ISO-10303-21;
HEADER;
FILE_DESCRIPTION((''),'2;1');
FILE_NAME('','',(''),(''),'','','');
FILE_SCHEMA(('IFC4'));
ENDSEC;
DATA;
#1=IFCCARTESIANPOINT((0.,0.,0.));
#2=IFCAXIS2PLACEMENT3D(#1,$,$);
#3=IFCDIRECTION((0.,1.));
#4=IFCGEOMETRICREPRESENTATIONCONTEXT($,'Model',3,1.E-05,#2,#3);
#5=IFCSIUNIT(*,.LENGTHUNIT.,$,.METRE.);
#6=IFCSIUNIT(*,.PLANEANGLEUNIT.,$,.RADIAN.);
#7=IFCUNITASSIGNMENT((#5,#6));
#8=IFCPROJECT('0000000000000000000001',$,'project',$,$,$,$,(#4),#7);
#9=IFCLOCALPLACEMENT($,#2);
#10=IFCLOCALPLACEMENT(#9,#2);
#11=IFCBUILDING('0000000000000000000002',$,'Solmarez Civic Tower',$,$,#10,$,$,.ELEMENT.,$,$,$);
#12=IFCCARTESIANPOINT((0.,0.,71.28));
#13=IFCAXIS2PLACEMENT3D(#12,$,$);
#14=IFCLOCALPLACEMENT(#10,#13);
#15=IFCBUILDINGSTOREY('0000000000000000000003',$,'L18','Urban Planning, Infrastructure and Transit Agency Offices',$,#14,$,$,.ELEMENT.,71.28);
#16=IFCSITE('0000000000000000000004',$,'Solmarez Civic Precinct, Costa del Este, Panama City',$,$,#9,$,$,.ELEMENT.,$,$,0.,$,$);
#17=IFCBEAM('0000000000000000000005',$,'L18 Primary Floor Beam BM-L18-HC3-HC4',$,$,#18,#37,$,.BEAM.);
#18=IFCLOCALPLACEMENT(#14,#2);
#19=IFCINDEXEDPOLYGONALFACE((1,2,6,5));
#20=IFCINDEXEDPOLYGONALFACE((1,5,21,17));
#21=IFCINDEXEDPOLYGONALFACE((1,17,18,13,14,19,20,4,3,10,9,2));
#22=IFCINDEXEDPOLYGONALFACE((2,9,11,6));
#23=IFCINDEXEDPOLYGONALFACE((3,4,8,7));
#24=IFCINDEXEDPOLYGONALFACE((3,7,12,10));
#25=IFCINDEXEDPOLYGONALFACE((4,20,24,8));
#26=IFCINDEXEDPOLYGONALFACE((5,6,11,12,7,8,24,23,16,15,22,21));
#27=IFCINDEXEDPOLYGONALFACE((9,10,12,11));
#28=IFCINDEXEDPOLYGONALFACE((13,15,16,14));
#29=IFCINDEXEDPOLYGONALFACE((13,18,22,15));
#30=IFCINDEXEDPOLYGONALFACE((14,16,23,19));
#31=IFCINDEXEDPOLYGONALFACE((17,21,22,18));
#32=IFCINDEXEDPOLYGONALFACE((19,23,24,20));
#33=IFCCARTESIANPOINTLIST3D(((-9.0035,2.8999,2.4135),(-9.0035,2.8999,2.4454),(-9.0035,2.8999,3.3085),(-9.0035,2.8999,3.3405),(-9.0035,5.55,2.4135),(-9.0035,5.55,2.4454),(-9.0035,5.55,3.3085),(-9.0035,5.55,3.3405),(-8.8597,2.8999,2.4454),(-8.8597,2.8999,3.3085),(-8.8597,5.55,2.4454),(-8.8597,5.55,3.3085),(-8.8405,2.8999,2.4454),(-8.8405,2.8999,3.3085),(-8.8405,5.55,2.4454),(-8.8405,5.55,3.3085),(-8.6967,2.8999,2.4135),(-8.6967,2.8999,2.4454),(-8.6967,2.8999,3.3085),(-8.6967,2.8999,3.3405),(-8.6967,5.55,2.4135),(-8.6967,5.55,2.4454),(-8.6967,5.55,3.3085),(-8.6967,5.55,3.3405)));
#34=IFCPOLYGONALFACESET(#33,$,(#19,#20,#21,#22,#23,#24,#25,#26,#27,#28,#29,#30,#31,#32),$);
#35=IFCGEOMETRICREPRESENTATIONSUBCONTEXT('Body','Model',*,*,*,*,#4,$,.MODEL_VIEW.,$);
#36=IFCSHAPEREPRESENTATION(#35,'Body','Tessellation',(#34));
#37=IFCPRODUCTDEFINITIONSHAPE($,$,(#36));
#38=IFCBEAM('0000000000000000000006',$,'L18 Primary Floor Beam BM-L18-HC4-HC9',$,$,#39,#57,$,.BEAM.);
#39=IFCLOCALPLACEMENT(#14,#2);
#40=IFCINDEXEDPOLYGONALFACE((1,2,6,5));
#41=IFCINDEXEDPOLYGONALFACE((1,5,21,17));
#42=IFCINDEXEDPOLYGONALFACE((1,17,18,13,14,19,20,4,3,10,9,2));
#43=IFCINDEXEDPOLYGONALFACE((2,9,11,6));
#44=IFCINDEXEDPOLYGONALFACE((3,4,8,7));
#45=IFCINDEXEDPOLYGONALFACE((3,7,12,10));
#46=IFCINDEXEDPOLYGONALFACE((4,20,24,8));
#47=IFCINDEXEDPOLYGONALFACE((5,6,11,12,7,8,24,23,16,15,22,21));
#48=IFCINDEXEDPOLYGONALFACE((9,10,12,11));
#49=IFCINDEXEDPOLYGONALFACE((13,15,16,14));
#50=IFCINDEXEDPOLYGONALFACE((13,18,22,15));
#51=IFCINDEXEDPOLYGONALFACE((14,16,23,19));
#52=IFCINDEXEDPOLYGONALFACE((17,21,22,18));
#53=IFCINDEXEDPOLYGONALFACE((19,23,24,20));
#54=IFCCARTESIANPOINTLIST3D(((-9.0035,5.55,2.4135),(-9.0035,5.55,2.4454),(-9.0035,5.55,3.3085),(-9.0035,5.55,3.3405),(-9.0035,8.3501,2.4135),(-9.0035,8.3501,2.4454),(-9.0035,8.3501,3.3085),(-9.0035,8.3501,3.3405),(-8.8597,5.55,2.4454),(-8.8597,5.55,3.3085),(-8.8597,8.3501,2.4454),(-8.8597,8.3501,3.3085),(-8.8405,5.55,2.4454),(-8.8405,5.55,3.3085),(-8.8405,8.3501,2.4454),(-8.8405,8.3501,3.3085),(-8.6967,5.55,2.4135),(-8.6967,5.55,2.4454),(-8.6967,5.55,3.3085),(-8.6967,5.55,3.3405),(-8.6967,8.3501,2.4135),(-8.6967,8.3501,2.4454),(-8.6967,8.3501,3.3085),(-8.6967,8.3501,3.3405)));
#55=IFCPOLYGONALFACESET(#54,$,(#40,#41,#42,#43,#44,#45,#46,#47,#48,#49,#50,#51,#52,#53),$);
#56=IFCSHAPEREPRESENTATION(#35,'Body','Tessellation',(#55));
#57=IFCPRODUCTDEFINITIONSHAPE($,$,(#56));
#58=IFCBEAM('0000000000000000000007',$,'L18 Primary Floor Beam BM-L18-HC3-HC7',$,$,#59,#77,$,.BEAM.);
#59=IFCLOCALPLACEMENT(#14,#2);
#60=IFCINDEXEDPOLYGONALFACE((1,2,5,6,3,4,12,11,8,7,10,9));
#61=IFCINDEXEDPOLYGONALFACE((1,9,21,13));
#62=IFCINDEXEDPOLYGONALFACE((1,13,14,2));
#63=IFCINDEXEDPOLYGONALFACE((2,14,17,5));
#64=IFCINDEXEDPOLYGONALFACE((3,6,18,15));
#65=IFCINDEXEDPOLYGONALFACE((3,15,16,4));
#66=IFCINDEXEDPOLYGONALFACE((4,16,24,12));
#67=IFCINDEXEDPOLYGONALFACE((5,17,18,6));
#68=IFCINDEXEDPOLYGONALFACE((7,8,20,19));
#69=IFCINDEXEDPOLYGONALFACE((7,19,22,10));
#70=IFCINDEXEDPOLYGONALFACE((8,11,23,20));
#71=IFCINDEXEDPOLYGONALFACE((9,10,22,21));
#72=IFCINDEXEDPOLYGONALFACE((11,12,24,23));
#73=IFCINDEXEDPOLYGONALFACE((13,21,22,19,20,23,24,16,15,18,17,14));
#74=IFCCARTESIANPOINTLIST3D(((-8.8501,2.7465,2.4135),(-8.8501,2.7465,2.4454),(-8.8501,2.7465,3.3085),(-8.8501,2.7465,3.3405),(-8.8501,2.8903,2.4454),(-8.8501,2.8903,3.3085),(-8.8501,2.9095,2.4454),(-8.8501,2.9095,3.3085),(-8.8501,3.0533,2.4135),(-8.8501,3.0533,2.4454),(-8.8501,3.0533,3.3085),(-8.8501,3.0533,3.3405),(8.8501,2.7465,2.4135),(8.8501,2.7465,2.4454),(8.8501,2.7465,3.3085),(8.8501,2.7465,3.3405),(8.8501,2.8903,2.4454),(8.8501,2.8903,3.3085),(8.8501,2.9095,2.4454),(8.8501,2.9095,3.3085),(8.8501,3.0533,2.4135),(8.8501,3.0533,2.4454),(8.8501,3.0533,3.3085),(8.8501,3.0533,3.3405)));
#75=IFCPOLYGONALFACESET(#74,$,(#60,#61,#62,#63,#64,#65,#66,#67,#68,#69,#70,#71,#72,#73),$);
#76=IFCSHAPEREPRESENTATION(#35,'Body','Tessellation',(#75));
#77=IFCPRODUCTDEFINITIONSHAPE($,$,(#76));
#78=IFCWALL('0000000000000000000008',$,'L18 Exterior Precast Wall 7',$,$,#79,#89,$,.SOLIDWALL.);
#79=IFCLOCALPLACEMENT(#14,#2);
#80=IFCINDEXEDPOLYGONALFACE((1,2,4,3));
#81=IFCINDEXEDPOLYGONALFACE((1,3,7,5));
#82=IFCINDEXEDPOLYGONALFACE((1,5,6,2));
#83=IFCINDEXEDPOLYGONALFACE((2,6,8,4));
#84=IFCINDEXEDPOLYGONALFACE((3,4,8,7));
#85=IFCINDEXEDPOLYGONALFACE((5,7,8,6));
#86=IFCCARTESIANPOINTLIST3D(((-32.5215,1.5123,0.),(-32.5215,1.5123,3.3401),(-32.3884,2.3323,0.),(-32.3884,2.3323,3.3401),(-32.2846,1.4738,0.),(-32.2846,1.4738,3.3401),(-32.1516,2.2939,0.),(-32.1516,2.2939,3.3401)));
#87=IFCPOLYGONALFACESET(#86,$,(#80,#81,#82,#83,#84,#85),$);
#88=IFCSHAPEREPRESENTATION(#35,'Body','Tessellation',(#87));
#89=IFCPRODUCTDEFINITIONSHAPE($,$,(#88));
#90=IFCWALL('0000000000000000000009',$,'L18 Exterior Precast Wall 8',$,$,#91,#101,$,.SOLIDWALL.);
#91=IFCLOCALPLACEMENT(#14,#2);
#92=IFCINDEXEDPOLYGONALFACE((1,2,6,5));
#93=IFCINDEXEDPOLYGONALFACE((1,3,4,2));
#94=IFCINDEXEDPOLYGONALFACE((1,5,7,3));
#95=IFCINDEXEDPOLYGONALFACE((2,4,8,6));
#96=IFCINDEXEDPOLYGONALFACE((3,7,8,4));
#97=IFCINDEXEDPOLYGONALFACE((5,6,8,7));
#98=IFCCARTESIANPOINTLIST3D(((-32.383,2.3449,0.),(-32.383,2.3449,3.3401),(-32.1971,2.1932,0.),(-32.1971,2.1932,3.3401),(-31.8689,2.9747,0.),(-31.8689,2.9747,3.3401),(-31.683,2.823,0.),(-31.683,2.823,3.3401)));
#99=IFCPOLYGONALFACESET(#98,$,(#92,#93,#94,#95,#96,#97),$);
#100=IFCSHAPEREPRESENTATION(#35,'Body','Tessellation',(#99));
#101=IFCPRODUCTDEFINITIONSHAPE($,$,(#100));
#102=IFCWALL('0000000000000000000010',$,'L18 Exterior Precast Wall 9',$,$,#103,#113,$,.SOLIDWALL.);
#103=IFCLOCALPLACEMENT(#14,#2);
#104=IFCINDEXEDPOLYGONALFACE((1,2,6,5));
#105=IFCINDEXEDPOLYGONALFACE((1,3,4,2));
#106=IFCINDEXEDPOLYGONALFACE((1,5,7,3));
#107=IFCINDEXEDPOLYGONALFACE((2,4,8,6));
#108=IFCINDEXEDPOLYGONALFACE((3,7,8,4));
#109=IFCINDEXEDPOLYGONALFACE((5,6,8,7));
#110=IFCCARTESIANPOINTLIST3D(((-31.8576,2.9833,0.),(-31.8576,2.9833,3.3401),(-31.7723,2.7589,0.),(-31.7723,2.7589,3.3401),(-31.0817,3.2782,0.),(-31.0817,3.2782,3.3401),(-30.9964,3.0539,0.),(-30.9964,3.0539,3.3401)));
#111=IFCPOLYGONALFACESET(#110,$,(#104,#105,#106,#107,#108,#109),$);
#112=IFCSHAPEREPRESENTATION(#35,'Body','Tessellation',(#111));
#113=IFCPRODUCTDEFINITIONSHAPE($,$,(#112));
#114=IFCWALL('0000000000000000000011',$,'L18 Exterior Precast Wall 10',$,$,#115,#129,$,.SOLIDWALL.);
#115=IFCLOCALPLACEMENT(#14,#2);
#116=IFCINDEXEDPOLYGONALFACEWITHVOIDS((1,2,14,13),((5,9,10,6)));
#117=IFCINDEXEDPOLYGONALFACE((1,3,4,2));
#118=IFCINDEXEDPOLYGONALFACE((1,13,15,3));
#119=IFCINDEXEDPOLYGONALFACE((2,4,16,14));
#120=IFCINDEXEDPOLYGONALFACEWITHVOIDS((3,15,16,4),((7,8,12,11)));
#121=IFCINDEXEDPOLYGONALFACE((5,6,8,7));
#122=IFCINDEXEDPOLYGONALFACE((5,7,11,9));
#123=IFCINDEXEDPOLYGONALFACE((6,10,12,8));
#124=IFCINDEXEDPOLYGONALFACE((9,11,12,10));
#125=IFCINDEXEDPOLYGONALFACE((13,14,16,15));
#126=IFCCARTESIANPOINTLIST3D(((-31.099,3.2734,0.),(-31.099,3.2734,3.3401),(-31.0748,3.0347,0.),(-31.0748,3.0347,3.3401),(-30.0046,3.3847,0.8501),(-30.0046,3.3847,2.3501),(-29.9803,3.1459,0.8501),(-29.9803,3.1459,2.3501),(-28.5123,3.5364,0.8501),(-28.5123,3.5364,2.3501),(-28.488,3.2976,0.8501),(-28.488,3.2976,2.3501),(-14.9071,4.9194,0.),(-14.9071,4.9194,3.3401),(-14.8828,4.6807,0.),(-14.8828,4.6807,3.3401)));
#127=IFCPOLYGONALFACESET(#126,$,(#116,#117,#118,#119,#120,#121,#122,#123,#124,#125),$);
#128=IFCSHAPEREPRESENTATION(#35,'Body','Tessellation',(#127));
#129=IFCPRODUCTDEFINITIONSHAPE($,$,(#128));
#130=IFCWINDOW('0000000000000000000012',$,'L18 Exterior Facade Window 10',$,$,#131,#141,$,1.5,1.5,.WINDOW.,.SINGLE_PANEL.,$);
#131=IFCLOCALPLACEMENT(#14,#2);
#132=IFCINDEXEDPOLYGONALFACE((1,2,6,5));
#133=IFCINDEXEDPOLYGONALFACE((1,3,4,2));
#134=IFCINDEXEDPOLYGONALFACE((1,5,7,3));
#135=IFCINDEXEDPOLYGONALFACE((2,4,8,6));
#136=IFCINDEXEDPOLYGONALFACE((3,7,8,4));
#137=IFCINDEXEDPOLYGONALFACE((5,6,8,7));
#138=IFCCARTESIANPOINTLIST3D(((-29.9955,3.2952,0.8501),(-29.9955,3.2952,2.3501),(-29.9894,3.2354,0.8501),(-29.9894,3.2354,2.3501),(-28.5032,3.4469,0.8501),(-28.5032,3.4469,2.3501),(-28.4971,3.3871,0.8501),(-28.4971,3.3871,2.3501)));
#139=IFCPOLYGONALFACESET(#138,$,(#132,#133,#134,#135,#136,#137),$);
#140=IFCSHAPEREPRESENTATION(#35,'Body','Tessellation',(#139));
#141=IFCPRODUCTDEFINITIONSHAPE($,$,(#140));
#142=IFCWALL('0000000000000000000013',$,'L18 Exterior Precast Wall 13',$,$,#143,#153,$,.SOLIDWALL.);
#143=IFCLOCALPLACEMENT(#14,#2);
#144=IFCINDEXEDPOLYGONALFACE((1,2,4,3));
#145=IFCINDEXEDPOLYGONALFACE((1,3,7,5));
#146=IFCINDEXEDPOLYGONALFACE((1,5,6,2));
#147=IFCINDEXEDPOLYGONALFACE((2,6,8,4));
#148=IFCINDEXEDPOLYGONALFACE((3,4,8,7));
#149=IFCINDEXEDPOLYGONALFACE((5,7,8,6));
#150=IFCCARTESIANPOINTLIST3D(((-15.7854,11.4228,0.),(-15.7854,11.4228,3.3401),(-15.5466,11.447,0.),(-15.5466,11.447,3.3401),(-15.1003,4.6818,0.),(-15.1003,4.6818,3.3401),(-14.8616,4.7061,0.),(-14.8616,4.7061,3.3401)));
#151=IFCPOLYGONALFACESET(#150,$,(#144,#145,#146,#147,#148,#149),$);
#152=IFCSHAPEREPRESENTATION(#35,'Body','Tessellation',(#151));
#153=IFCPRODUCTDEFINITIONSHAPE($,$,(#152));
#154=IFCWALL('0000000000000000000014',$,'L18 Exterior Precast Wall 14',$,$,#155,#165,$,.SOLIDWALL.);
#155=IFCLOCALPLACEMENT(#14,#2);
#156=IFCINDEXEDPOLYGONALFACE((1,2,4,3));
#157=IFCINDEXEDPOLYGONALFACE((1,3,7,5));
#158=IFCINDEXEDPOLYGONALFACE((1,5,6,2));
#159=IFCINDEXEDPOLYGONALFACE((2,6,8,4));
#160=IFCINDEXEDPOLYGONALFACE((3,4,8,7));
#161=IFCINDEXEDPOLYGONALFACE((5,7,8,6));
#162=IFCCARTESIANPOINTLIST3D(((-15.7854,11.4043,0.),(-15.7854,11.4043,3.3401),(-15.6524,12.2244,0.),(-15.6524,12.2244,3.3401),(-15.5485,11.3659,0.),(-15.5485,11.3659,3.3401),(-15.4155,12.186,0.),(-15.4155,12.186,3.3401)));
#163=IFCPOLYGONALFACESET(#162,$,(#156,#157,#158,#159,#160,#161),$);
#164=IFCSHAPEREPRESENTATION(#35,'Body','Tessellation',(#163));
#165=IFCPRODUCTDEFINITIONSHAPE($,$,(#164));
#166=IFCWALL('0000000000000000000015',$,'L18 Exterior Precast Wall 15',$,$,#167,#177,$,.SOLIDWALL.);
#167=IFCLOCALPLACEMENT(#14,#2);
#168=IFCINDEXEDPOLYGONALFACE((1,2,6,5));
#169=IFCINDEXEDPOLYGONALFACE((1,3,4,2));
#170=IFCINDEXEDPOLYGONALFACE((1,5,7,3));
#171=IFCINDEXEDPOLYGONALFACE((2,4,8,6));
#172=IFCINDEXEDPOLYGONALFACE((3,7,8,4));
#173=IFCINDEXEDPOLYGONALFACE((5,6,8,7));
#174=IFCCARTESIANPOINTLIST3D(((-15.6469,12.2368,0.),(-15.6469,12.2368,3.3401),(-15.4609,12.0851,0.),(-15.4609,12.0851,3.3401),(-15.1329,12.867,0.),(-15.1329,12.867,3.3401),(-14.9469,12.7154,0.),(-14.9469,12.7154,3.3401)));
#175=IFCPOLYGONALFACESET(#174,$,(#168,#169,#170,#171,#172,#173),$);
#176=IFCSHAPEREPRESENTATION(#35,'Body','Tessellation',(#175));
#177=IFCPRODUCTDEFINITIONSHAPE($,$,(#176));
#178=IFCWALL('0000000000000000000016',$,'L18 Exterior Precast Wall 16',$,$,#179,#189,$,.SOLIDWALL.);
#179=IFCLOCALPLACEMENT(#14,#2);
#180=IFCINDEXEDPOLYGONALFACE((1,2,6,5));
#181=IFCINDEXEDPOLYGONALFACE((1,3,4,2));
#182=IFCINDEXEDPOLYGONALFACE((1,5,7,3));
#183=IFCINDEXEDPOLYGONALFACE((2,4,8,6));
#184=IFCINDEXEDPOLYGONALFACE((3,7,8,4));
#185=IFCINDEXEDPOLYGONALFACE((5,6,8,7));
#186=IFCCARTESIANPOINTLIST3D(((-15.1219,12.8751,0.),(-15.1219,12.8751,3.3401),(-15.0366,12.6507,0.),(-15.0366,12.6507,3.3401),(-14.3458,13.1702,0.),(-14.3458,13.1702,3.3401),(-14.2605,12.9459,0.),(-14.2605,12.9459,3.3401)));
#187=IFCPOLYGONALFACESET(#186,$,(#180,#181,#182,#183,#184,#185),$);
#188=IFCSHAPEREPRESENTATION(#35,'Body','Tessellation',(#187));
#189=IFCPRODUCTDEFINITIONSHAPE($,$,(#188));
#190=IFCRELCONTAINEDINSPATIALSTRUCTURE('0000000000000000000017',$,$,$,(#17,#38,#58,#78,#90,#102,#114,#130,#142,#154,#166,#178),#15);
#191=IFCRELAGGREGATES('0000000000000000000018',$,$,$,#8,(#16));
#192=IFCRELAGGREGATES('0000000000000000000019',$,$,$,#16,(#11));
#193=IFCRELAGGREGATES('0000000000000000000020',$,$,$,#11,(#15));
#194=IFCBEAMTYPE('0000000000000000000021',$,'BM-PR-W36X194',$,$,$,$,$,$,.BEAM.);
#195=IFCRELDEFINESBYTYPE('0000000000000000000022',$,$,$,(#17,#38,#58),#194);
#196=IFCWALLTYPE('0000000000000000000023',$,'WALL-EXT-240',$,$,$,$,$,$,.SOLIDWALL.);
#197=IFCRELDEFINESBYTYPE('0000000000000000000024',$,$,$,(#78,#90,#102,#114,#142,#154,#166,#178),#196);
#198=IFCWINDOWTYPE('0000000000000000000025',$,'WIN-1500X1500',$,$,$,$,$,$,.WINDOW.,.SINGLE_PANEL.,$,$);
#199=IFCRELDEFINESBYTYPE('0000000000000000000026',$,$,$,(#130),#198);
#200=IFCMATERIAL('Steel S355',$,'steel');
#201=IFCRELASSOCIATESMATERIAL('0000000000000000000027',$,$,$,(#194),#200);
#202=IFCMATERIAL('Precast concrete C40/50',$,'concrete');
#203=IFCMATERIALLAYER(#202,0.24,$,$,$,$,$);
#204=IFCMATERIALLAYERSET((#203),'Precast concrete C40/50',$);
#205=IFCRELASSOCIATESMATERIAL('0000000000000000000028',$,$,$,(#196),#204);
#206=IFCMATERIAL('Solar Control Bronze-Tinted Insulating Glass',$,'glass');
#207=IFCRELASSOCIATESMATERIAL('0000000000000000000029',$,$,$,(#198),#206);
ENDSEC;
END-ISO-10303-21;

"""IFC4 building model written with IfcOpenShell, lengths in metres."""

from ifc_helpers import new_model, si_unit, direction, frame, frame_2d, origin, origin_2d, place, context, subcontext, project, spatial, rectangle, i_section, extrude, material, layer, layer_set, material_profile, profile_set, type_object, element, fill, save


model = new_model("IFC4")

# Units and contexts
model_context = context("Model", 3, precision=1e-05, world=origin(), true_north=direction((0.0, 1.0)))
body_context = subcontext(model_context, "Body", "Model", "MODEL_VIEW")
ifc_project = project(units=[si_unit("LENGTHUNIT", "METRE"), si_unit("PLANEANGLEUNIT", "RADIAN")], contexts=[model_context])

# Site, building, storey
site_placement = place(None, origin())
site = spatial("IfcSite", under=ifc_project, at=site_placement, Name="Solmarez Civic Precinct, Costa del Este, Panama City", CompositionType="ELEMENT", RefElevation=0.0)
building_placement = place(site_placement, origin())
building = spatial("IfcBuilding", under=site, at=building_placement, Name="Solmarez Civic Tower", CompositionType="ELEMENT")
storey_placement = place(building_placement, frame((0.0, 0.0, 71.28)))
storey = spatial("IfcBuildingStorey", under=building, at=storey_placement, Name="L18", Description="Urban Planning, Infrastructure and Transit Agency Offices", CompositionType="ELEMENT", Elevation=71.28)

# Beams
ifc_material_1 = material(Name="Steel S355", Category="steel")
ifc_material_profile_1 = material_profile(ifc_material_1, i_section(OverallWidth=0.3069, OverallDepth=0.927, WebThickness=0.0193, FlangeThickness=0.032, at=origin_2d()), Name="W36X194")
ifc_profile_set_1 = profile_set([ifc_material_profile_1], Name="Steel S355")
beam_type_1 = type_object("IfcBeamType", Name="BM-PR-W36X194", PredefinedType="BEAM", material=ifc_profile_set_1)
beam_1_placement = place(storey_placement, frame((-8.8501, 2.8999, 2.877), z_axis=(0.0, 1.0, 0.0), x_axis=(-1.0, 0.0, 0.0)))
element("IfcBeam", 1, at=beam_1_placement, inside=storey, type_object=beam_type_1, Name="L18 Primary Floor Beam BM-L18-HC3-HC4", PredefinedType="BEAM", context=body_context, shape_type="SweptSolid", body=[
    extrude(i_section(OverallWidth=0.3069, OverallDepth=0.927, WebThickness=0.0193, FlangeThickness=0.032, at=origin_2d()), origin(), (0.0, 0.0, 1.0), 2.6501),
])
beam_2_placement = place(storey_placement, frame((-8.8501, 5.55, 2.877), z_axis=(0.0, 1.0, 0.0), x_axis=(-1.0, 0.0, 0.0)))
element("IfcBeam", 2, at=beam_2_placement, inside=storey, type_object=beam_type_1, Name="L18 Primary Floor Beam BM-L18-HC4-HC9", PredefinedType="BEAM", context=body_context, shape_type="SweptSolid", body=[
    extrude(i_section(OverallWidth=0.3069, OverallDepth=0.927, WebThickness=0.0193, FlangeThickness=0.032, at=origin_2d()), origin(), (0.0, 0.0, 1.0), 2.8),
])
beam_3_placement = place(storey_placement, frame((-8.8501, 2.8999, 2.877), z_axis=(1.0, 0.0, 0.0), x_axis=(0.0, 1.0, 0.0)))
element("IfcBeam", 3, at=beam_3_placement, inside=storey, type_object=beam_type_1, Name="L18 Primary Floor Beam BM-L18-HC3-HC7", PredefinedType="BEAM", context=body_context, shape_type="SweptSolid", body=[
    extrude(i_section(OverallWidth=0.3069, OverallDepth=0.927, WebThickness=0.0193, FlangeThickness=0.032, at=origin_2d()), origin(), (0.0, 0.0, 1.0), 17.7002),
])

# Walls
ifc_material_2 = material(Name="Precast concrete C40/50", Category="concrete")
ifc_layer_1 = layer(ifc_material_2, 0.24)
ifc_layer_set_1 = layer_set([ifc_layer_1], Name="Precast concrete C40/50")
wall_type_1 = type_object("IfcWallType", Name="WALL-EXT-240", PredefinedType="SOLIDWALL", material=ifc_layer_set_1)
wall_1_placement = place(storey_placement, frame((-32.4031, 1.4929, 0.0), z_axis=(0.0, 0.0, 1.0), x_axis=(0.160156, 0.987092, 0.0)))
element("IfcWall", 4, at=wall_1_placement, inside=storey, type_object=wall_type_1, Name="L18 Exterior Precast Wall 7", PredefinedType="SOLIDWALL", context=body_context, shape_type="SweptSolid", body=[
    extrude(rectangle(XDim=0.8308, YDim=0.24, at=frame_2d((0.4155, 0.0))), origin(), (0.0, 0.0, 1.0), 3.3401),
])
wall_2_placement = place(storey_placement, frame((-32.29, 2.269, 0.0), z_axis=(0.0, 0.0, 1.0), x_axis=(0.632354, 0.774679, 0.0)))
element("IfcWall", 5, at=wall_2_placement, inside=storey, type_object=wall_type_1, Name="L18 Exterior Precast Wall 8", PredefinedType="SOLIDWALL", context=body_context, shape_type="SweptSolid", body=[
    extrude(rectangle(XDim=0.813, YDim=0.24, at=frame_2d((0.4065, 0.0))), origin(), (0.0, 0.0, 1.0), 3.3401),
])
wall_3_placement = place(storey_placement, frame((-31.8149, 2.8711, 0.0), z_axis=(0.0, 0.0, 1.0), x_axis=(0.934748, 0.35531, 0.0)))
element("IfcWall", 6, at=wall_3_placement, inside=storey, type_object=wall_type_1, Name="L18 Exterior Precast Wall 9", PredefinedType="SOLIDWALL", context=body_context, shape_type="SweptSolid", body=[
    extrude(rectangle(XDim=0.8301, YDim=0.24, at=frame_2d((0.415, 0.0))), origin(), (0.0, 0.0, 1.0), 3.3401),
])

# Wall, opening, window
wall_4_placement = place(storey_placement, frame((-31.0869, 3.1541, 0.0), z_axis=(0.0, 0.0, 1.0), x_axis=(0.994873, 0.101134, 0.0)))
wall_4 = element("IfcWall", 7, at=wall_4_placement, inside=storey, type_object=wall_type_1, Name="L18 Exterior Precast Wall 10", PredefinedType="SOLIDWALL", context=body_context, shape_type="SweptSolid", body=[
    extrude(rectangle(XDim=16.2754, YDim=0.24, at=frame_2d((8.1377, 0.0))), origin(), (0.0, 0.0, 1.0), 3.3401),
])
opening_placement = place(wall_4_placement, frame((1.1001, 0.0, 0.8501)))
opening = element("IfcOpeningElement", 8, at=opening_placement, cuts=wall_4, PredefinedType="OPENING", context=body_context, shape_type="SweptSolid", body=[
    extrude(rectangle(XDim=1.5, YDim=1.5, at=frame_2d((0.75, 0.75))), frame((0.0, 0.1299, 0.0), z_axis=(0.0, -1.0, 0.0), x_axis=(1.0, 0.0, 0.0)), (0.0, 0.0, 1.0), 0.26),
])
ifc_material_3 = material(Name="Solar Control Bronze-Tinted Insulating Glass", Category="glass")
window_type = type_object("IfcWindowType", Name="WIN-1500X1500", PartitioningType="SINGLE_PANEL", PredefinedType="WINDOW", material=ifc_material_3)
window_placement = place(opening_placement, origin())
window = element("IfcWindow", 9, at=window_placement, inside=storey, type_object=window_type, Name="L18 Exterior Facade Window 10", OverallHeight=1.5, OverallWidth=1.5, PartitioningType="SINGLE_PANEL", PredefinedType="WINDOW", context=body_context, shape_type="SweptSolid", body=[
    extrude(rectangle(XDim=1.5, YDim=1.5, at=frame_2d((0.75, 0.75))), frame((0.0, 0.03, 0.0), z_axis=(0.0, -1.0, 0.0), x_axis=(1.0, 0.0, 0.0)), (0.0, 0.0, 1.0), 0.0601),
])
fill(opening, window)

# Walls
wall_5_placement = place(storey_placement, frame((-14.981, 4.6941, 0.0), z_axis=(0.0, 0.0, 1.0), x_axis=(-0.101105, 0.994876, 0.0)))
element("IfcWall", 10, at=wall_5_placement, inside=storey, type_object=wall_type_1, Name="L18 Exterior Precast Wall 13", PredefinedType="SOLIDWALL", context=body_context, shape_type="SweptSolid", body=[
    extrude(rectangle(XDim=6.7756, YDim=0.24, at=frame_2d((3.3877, 0.0))), origin(), (0.0, 0.0, 1.0), 3.3401),
])
wall_6_placement = place(storey_placement, frame((-15.667, 11.385, 0.0), z_axis=(0.0, 0.0, 1.0), x_axis=(0.160156, 0.987092, 0.0)))
element("IfcWall", 11, at=wall_6_placement, inside=storey, type_object=wall_type_1, Name="L18 Exterior Precast Wall 14", PredefinedType="SOLIDWALL", context=body_context, shape_type="SweptSolid", body=[
    extrude(rectangle(XDim=0.8308, YDim=0.24, at=frame_2d((0.4155, 0.0))), origin(), (0.0, 0.0, 1.0), 3.3401),
])
wall_7_placement = place(storey_placement, frame((-15.554, 12.1609, 0.0), z_axis=(0.0, 0.0, 1.0), x_axis=(0.632027, 0.774946, 0.0)))
element("IfcWall", 12, at=wall_7_placement, inside=storey, type_object=wall_type_1, Name="L18 Exterior Precast Wall 15", PredefinedType="SOLIDWALL", context=body_context, shape_type="SweptSolid", body=[
    extrude(rectangle(XDim=0.8132, YDim=0.24, at=frame_2d((0.4067, 0.0))), origin(), (0.0, 0.0, 1.0), 3.3401),
])
wall_8_placement = place(storey_placement, frame((-15.0791, 12.7629, 0.0), z_axis=(0.0, 0.0, 1.0), x_axis=(0.934688, 0.35547, 0.0)))
element("IfcWall", 13, at=wall_8_placement, inside=storey, type_object=wall_type_1, Name="L18 Exterior Precast Wall 16", PredefinedType="SOLIDWALL", context=body_context, shape_type="SweptSolid", body=[
    extrude(rectangle(XDim=0.8303, YDim=0.24, at=frame_2d((0.415, 0.0))), origin(), (0.0, 0.0, 1.0), 3.3401),
])

save(model, "model.ifc")
